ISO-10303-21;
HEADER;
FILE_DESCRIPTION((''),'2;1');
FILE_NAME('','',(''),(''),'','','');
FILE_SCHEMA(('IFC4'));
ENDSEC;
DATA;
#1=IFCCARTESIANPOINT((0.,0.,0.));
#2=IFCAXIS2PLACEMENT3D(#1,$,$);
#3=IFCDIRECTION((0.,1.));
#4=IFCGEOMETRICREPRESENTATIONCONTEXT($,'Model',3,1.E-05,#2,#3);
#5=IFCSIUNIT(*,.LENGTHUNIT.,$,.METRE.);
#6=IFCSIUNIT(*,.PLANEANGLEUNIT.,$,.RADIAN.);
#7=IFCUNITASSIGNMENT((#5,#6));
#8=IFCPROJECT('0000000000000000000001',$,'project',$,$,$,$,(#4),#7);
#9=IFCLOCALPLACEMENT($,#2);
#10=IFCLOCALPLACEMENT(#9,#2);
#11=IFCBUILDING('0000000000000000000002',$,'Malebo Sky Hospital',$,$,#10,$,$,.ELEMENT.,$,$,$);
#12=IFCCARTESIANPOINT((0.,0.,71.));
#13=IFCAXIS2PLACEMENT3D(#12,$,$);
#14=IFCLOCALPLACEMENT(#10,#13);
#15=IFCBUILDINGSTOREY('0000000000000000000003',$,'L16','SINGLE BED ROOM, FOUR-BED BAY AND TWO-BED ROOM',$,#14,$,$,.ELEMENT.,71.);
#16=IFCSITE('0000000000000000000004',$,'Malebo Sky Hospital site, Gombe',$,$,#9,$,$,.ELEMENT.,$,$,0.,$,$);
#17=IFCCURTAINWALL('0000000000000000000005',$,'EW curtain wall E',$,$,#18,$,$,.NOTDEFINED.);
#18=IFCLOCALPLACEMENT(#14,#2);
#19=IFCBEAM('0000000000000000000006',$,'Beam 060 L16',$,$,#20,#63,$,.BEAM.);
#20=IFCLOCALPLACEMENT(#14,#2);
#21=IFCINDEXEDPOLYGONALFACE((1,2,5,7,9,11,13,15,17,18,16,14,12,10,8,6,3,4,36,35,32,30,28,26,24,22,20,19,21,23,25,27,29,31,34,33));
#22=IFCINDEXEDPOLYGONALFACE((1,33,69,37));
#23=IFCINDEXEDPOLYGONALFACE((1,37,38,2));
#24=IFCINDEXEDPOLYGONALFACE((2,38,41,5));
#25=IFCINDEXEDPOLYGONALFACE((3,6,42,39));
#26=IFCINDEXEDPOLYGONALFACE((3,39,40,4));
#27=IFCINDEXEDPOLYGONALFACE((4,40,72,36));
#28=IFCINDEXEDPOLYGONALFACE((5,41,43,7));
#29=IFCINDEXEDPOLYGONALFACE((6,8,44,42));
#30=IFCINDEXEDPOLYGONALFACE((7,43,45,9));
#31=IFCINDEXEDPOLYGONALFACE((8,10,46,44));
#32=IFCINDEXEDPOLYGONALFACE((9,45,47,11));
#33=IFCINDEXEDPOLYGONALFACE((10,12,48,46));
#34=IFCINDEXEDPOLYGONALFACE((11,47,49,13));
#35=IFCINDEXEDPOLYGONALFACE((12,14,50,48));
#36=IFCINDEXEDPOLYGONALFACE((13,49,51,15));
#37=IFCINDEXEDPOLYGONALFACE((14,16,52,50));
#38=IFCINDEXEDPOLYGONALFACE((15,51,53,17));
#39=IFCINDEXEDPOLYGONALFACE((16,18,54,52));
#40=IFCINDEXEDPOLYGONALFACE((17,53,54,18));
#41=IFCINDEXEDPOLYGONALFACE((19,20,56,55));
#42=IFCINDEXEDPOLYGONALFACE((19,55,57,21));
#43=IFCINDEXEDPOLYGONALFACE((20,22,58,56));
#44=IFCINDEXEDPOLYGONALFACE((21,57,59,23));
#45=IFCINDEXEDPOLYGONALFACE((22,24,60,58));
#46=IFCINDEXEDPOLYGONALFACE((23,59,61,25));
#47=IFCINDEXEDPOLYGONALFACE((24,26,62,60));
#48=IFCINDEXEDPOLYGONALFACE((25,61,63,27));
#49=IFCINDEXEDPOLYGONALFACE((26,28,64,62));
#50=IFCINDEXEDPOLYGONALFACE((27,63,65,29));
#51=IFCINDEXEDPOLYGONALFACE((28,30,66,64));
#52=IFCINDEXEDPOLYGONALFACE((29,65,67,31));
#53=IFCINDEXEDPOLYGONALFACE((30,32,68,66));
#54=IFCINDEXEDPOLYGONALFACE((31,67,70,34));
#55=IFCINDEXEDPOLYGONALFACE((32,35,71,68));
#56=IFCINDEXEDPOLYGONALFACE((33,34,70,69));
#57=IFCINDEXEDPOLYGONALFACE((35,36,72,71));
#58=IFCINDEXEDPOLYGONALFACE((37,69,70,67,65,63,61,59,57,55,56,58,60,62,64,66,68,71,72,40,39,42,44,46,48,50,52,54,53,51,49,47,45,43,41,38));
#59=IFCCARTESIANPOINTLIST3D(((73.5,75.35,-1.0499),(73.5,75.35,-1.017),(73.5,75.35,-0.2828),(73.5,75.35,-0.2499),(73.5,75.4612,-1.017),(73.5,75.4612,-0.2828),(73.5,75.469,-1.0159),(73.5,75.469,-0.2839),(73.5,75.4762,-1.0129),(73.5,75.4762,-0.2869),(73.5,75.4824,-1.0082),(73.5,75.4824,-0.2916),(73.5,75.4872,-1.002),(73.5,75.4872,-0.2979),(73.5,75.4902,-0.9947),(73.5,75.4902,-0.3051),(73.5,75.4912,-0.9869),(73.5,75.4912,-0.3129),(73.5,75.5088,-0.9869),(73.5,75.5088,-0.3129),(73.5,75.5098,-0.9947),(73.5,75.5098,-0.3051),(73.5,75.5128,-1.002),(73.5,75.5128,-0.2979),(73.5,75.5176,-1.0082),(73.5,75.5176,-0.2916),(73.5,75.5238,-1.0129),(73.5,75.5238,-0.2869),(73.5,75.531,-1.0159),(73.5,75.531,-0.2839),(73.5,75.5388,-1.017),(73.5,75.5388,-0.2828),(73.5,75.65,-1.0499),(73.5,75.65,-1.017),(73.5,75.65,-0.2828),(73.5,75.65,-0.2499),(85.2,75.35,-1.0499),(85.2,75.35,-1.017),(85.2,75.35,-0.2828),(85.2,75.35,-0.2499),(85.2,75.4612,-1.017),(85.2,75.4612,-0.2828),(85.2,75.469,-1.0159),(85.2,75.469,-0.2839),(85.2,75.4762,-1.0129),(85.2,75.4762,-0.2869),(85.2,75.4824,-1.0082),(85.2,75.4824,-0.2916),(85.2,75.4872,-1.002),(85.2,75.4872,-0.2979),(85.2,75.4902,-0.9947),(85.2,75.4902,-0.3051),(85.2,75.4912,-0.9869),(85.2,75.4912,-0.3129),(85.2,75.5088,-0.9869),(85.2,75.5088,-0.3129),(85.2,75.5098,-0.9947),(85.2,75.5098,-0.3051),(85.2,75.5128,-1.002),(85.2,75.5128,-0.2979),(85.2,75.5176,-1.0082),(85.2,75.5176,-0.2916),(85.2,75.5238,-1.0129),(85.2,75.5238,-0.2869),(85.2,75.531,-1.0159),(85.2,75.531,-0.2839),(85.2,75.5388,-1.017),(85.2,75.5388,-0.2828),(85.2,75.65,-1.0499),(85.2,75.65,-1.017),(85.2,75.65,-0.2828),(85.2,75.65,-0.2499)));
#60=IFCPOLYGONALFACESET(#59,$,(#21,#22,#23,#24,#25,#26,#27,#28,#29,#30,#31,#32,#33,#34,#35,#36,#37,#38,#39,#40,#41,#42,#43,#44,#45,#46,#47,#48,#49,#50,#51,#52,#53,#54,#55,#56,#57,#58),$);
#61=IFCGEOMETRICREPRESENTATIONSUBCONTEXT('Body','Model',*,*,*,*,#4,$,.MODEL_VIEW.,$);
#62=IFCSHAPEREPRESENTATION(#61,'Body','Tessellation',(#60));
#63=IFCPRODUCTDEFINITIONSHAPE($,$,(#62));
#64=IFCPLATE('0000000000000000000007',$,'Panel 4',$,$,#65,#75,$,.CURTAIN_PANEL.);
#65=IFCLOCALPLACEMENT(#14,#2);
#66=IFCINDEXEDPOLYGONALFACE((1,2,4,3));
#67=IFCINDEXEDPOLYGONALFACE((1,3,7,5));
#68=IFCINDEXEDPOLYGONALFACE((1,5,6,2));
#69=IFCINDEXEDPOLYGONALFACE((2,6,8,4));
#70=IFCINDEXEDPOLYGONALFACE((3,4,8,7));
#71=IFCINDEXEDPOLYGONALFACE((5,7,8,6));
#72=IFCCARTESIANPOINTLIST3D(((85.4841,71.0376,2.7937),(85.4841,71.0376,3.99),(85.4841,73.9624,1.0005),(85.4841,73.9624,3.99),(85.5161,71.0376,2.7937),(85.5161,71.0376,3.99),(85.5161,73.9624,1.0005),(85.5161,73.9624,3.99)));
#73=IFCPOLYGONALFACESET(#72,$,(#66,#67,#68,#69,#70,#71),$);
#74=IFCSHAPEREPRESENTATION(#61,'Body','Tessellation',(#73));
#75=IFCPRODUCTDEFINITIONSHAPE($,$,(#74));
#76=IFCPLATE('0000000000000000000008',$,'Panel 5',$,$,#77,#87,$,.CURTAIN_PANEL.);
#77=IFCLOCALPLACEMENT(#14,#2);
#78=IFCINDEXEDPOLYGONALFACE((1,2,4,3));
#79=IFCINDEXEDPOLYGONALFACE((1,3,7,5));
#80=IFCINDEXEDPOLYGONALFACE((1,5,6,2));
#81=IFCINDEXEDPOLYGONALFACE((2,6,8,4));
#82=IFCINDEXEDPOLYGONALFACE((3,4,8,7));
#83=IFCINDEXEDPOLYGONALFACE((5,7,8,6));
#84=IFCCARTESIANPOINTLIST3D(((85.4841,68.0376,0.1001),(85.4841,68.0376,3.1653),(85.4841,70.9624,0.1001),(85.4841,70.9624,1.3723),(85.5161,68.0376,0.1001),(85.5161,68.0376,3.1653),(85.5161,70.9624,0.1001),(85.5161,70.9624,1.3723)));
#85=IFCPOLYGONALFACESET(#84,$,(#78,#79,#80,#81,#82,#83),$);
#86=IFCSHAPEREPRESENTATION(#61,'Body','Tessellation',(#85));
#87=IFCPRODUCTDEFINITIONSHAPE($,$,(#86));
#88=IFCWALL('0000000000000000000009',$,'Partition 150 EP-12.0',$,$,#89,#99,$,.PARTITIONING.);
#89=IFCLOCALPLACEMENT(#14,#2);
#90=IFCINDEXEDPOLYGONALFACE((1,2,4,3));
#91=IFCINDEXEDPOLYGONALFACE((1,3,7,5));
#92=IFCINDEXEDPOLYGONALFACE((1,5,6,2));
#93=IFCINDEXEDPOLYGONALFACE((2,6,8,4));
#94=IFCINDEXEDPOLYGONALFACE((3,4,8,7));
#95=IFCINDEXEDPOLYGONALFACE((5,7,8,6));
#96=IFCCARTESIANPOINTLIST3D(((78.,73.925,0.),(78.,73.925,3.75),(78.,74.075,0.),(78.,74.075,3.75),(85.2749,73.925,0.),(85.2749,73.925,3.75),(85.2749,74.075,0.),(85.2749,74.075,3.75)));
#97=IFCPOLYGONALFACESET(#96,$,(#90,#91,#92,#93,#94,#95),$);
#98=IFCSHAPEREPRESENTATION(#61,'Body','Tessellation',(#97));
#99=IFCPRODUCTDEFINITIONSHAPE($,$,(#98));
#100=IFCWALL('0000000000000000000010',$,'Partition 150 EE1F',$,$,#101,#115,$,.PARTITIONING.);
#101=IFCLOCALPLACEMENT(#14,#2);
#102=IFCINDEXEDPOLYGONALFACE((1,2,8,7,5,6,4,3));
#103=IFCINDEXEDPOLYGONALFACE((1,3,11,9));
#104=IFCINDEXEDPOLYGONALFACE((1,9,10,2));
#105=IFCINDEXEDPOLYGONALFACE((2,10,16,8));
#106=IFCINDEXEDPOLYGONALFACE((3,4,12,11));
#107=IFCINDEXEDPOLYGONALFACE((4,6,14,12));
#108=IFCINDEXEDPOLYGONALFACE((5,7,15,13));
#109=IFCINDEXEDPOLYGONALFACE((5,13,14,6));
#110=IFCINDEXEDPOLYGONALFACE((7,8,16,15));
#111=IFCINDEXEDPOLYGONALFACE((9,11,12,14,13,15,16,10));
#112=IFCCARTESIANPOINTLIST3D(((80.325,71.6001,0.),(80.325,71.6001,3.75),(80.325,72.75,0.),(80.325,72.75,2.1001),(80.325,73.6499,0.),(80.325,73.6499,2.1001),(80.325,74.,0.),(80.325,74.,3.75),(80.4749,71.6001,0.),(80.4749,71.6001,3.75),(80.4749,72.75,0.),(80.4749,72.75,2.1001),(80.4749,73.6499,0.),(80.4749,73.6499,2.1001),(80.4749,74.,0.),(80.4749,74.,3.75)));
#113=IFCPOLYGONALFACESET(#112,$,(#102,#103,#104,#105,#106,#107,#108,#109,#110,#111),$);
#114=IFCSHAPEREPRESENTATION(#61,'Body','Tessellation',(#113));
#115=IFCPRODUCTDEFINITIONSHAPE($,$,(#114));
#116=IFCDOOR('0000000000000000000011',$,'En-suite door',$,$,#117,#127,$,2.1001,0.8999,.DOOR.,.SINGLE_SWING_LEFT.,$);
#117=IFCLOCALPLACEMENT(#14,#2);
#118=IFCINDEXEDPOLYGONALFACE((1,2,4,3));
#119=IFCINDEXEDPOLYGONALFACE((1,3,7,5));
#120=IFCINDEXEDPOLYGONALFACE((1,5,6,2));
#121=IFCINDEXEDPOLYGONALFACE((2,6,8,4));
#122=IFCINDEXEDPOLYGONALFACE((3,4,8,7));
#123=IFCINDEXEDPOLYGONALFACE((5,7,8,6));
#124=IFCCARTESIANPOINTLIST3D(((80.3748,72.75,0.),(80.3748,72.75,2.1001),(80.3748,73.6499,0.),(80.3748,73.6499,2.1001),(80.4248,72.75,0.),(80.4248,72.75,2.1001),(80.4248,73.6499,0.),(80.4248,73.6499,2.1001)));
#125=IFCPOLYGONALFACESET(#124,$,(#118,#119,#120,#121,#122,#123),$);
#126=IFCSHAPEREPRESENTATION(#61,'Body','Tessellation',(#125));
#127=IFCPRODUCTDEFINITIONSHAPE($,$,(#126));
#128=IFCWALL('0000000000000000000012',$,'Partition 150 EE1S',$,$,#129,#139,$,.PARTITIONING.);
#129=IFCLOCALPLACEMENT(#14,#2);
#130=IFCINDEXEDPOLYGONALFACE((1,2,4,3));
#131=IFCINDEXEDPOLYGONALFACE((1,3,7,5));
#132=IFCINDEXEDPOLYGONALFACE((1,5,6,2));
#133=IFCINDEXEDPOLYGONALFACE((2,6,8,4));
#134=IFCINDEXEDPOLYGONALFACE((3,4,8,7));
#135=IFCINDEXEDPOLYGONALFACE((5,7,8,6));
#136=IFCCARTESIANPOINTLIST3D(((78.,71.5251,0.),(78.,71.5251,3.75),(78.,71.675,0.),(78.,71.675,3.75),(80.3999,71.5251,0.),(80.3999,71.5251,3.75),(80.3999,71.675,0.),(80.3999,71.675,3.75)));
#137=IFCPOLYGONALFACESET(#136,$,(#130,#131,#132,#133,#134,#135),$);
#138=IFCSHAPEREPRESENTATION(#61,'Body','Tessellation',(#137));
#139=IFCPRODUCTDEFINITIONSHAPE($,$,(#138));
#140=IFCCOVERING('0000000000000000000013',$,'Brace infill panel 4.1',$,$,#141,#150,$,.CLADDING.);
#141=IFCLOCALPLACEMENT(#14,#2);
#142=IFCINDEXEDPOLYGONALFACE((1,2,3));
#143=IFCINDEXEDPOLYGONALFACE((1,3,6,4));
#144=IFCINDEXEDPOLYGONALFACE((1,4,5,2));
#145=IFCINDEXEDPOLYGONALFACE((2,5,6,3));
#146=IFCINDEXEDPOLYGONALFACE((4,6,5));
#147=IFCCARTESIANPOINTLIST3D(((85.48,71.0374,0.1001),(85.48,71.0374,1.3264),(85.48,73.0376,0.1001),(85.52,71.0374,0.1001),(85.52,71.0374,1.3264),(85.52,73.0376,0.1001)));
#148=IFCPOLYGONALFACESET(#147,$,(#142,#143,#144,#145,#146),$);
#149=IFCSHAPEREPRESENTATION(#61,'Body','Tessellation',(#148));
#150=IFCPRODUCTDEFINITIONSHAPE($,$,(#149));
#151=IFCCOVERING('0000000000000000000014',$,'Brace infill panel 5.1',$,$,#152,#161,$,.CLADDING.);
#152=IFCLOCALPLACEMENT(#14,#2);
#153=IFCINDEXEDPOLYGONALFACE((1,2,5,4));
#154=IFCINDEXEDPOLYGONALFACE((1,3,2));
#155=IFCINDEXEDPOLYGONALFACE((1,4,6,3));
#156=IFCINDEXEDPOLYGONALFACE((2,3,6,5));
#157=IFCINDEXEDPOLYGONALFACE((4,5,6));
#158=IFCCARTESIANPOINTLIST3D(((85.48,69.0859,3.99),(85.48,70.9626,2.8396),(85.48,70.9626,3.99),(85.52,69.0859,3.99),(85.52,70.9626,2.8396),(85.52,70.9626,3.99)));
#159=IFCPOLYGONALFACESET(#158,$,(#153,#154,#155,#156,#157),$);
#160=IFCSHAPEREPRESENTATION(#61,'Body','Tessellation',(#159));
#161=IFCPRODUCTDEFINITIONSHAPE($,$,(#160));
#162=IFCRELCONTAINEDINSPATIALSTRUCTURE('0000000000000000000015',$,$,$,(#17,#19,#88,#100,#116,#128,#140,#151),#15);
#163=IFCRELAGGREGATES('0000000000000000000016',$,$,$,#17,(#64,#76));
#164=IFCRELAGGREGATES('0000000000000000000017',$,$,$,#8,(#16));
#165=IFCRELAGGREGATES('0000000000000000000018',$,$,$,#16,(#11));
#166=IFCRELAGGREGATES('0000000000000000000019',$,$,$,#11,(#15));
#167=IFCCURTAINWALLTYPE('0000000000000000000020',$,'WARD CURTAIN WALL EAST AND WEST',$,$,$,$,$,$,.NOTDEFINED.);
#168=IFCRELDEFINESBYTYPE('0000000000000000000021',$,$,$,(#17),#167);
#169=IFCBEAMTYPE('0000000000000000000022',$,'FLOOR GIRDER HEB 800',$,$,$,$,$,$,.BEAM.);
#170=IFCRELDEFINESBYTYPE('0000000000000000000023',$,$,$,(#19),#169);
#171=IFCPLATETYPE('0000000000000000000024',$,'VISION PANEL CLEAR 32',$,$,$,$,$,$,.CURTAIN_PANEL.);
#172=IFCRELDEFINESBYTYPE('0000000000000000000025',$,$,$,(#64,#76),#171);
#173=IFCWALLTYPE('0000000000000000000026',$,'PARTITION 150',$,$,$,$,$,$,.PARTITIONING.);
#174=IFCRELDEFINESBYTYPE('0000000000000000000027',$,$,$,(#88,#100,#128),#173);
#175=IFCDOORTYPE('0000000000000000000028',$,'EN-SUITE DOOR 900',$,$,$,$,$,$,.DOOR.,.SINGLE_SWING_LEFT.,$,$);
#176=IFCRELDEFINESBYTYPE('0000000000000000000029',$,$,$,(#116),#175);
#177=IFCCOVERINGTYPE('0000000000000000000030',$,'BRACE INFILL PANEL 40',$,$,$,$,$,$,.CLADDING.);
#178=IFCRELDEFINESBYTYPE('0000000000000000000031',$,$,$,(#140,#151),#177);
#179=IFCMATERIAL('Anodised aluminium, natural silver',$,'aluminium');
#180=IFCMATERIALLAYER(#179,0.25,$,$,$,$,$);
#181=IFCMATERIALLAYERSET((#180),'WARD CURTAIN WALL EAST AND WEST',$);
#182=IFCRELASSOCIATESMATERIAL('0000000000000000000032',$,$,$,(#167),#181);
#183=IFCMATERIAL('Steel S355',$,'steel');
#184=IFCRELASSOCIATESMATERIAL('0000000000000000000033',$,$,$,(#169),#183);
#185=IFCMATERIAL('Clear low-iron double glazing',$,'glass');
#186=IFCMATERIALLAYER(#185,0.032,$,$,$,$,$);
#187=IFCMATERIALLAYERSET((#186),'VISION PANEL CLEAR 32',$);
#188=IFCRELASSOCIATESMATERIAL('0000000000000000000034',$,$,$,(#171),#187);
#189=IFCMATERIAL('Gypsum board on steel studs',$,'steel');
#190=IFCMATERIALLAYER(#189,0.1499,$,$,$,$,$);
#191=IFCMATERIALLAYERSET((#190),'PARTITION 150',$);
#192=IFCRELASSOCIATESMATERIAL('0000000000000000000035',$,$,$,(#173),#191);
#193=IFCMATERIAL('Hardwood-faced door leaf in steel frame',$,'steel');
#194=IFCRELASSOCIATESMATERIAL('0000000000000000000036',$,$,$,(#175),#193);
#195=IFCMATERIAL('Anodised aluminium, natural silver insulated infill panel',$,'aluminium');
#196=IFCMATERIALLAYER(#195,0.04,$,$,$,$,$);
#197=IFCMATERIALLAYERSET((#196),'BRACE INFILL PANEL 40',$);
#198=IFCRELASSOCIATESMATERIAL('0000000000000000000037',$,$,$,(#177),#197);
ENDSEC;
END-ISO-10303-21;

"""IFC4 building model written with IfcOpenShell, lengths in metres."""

from ifc_helpers import new_model, si_unit, direction, frame, frame_2d, origin, origin_2d, place, context, subcontext, project, spatial, polyline, rectangle, i_section, outline, extrude, material, layer, layer_set, material_profile, profile_set, type_object, element, fill, aggregate, save


model = new_model("IFC4")

# Units and contexts
model_context = context("Model", 3, precision=1e-05, world=origin(), true_north=direction((0.0, 1.0)))
body_context = subcontext(model_context, "Body", "Model", "MODEL_VIEW")
ifc_project = project(units=[si_unit("LENGTHUNIT", "METRE"), si_unit("PLANEANGLEUNIT", "RADIAN")], contexts=[model_context])

# Site, building, storey
site_placement = place(None, origin())
site = spatial("IfcSite", under=ifc_project, at=site_placement, Name="Malebo Sky Hospital site, Gombe", CompositionType="ELEMENT", RefElevation=0.0)
building_placement = place(site_placement, origin())
building = spatial("IfcBuilding", under=site, at=building_placement, Name="Malebo Sky Hospital", CompositionType="ELEMENT")
storey_placement = place(building_placement, frame((0.0, 0.0, 71.0)))
storey = spatial("IfcBuildingStorey", under=building, at=storey_placement, Name="L16", Description="SINGLE BED ROOM, FOUR-BED BAY AND TWO-BED ROOM", CompositionType="ELEMENT", Elevation=71.0)

# Curtain wall
ifc_material_1 = material(Name="Anodised aluminium, natural silver", Category="aluminium")
ifc_layer_1 = layer(ifc_material_1, 0.25)
ifc_layer_set_1 = layer_set([ifc_layer_1], Name="WARD CURTAIN WALL EAST AND WEST")
curtain_wall_type = type_object("IfcCurtainWallType", Name="WARD CURTAIN WALL EAST AND WEST", PredefinedType="NOTDEFINED", material=ifc_layer_set_1)
curtain_wall_placement = place(storey_placement, origin())
curtain_wall = element("IfcCurtainWall", 1, at=curtain_wall_placement, inside=storey, type_object=curtain_wall_type, Name="EW curtain wall E", PredefinedType="NOTDEFINED")

# Shared definitions
ifc_material_2 = material(Name="Steel S355", Category="steel")

# Beam
ifc_material_profile_1 = material_profile(ifc_material_2, i_section(OverallWidth=0.3, OverallDepth=0.8, WebThickness=0.0176, FlangeThickness=0.033, FilletRadius=0.03, at=origin_2d()), Name="HEB 800")
ifc_profile_set_1 = profile_set([ifc_material_profile_1], Name="Steel S355")
beam_type_1 = type_object("IfcBeamType", Name="FLOOR GIRDER HEB 800", PredefinedType="BEAM", material=ifc_profile_set_1)
for number, where, z_axis, x_axis, name in (
    (2, (73.5, 75.5, -0.6499), (1.0, 0.0, 0.0), (0.0, 1.0, 0.0), "Beam 060 L16"),
):
    element("IfcBeam", number, at=place(storey_placement, frame(where, z_axis=z_axis, x_axis=x_axis)), inside=storey, type_object=beam_type_1, Name=name, PredefinedType="BEAM", context=body_context, shape_type="SweptSolid", body=[
        extrude(i_section(OverallWidth=0.3, OverallDepth=0.8, WebThickness=0.0176, FlangeThickness=0.033, FilletRadius=0.03, at=origin_2d()), origin(), (0.0, 0.0, 1.0), 11.7),
    ])

# Plates
ifc_material_3 = material(Name="Clear low-iron double glazing", Category="glass")
ifc_layer_2 = layer(ifc_material_3, 0.032)
ifc_layer_set_2 = layer_set([ifc_layer_2], Name="VISION PANEL CLEAR 32")
plate_type = type_object("IfcPlateType", Name="VISION PANEL CLEAR 32", PredefinedType="CURTAIN_PANEL", material=ifc_layer_set_2)
plate_1_placement = place(storey_placement, frame((85.5, 72.5, 1.0005), z_axis=(0.0, 0.0, 1.0), x_axis=(0.0, -1.0, 0.0)))
plate_1 = element("IfcPlate", 3, at=plate_1_placement, type_object=plate_type, Name="Panel 4", PredefinedType="CURTAIN_PANEL", context=body_context, shape_type="SweptSolid", body=[
    extrude(outline(polyline([(-1.4624, 0.0), (1.4624, 1.7932), (1.4624, 2.9895), (-1.4624, 2.9895), (-1.4624, 0.0)])), frame((0.0, 0.0161, 0.0), z_axis=(0.0, -1.0, 0.0), x_axis=(1.0, 0.0, 0.0)), (0.0, 0.0, 1.0), 0.032),
])
plate_2_placement = place(storey_placement, frame((85.5, 69.5, 0.1001), z_axis=(0.0, 0.0, 1.0), x_axis=(0.0, -1.0, 0.0)))
plate_2 = element("IfcPlate", 4, at=plate_2_placement, type_object=plate_type, Name="Panel 5", PredefinedType="CURTAIN_PANEL", context=body_context, shape_type="SweptSolid", body=[
    extrude(outline(polyline([(-1.4624, 0.0), (1.4624, 0.0), (1.4624, 3.0652), (-1.4624, 1.2722), (-1.4624, 0.0)])), frame((0.0, 0.0161, 0.0), z_axis=(0.0, -1.0, 0.0), x_axis=(1.0, 0.0, 0.0)), (0.0, 0.0, 1.0), 0.032),
])
aggregate(curtain_wall, [plate_1, plate_2])

# Wall
ifc_material_4 = material(Name="Gypsum board on steel studs", Category="steel")
ifc_layer_3 = layer(ifc_material_4, 0.1499)
ifc_layer_set_3 = layer_set([ifc_layer_3], Name="PARTITION 150")
wall_type = type_object("IfcWallType", Name="PARTITION 150", PredefinedType="PARTITIONING", material=ifc_layer_set_3)
wall_1_placement = place(storey_placement, frame((78.0, 74.0, 0.0), z_axis=(0.0, 0.0, 1.0), x_axis=(1.0, 0.0, 0.0)))
element("IfcWall", 5, at=wall_1_placement, inside=storey, type_object=wall_type, Name="Partition 150 EP-12.0", PredefinedType="PARTITIONING", context=body_context, shape_type="SweptSolid", body=[
    extrude(rectangle(XDim=7.2749, YDim=0.1499, at=frame_2d((3.6375, 0.0))), origin(), (0.0, 0.0, 1.0), 3.75),
])

# Wall, opening, door
wall_2_placement = place(storey_placement, frame((80.3999, 74.0, 0.0), z_axis=(0.0, 0.0, 1.0), x_axis=(0.0, -1.0, 0.0)))
wall_2 = element("IfcWall", 6, at=wall_2_placement, inside=storey, type_object=wall_type, Name="Partition 150 EE1F", PredefinedType="PARTITIONING", context=body_context, shape_type="SweptSolid", body=[
    extrude(rectangle(XDim=2.3999, YDim=0.1499, at=frame_2d((1.2, 0.0))), origin(), (0.0, 0.0, 1.0), 3.75),
])
opening_placement = place(wall_2_placement, frame((0.3501, 0.0, 0.0)))
opening = element("IfcOpeningElement", 7, at=opening_placement, cuts=wall_2, PredefinedType="OPENING", context=body_context, shape_type="SweptSolid", body=[
    extrude(rectangle(XDim=0.8999, YDim=2.1001, at=frame_2d((0.45, 1.05))), frame((0.0, 0.085, 0.0), z_axis=(0.0, -1.0, 0.0), x_axis=(1.0, 0.0, 0.0)), (0.0, 0.0, 1.0), 0.1699),
])
ifc_material_5 = material(Name="Hardwood-faced door leaf in steel frame", Category="steel")
door_type = type_object("IfcDoorType", Name="EN-SUITE DOOR 900", OperationType="SINGLE_SWING_LEFT", PredefinedType="DOOR", material=ifc_material_5)
door_placement = place(opening_placement, origin())
door = element("IfcDoor", 8, at=door_placement, inside=storey, type_object=door_type, Name="En-suite door", OperationType="SINGLE_SWING_LEFT", OverallHeight=2.1001, OverallWidth=0.8999, PredefinedType="DOOR", context=body_context, shape_type="SweptSolid", body=[
    extrude(rectangle(XDim=0.8999, YDim=2.1001, at=frame_2d((0.45, 1.05))), frame((0.0, 0.0249, 0.0), z_axis=(0.0, -1.0, 0.0), x_axis=(1.0, 0.0, 0.0)), (0.0, 0.0, 1.0), 0.05),
])
fill(opening, door)

# Wall
wall_3_placement = place(storey_placement, frame((78.0, 71.6001, 0.0), z_axis=(0.0, 0.0, 1.0), x_axis=(1.0, 0.0, 0.0)))
element("IfcWall", 9, at=wall_3_placement, inside=storey, type_object=wall_type, Name="Partition 150 EE1S", PredefinedType="PARTITIONING", context=body_context, shape_type="SweptSolid", body=[
    extrude(rectangle(XDim=2.3999, YDim=0.1499, at=frame_2d((1.2, 0.0))), origin(), (0.0, 0.0, 1.0), 3.75),
])

# Coverings
ifc_material_6 = material(Name="Anodised aluminium, natural silver insulated infill panel", Category="aluminium")
ifc_layer_4 = layer(ifc_material_6, 0.04)
ifc_layer_set_4 = layer_set([ifc_layer_4], Name="BRACE INFILL PANEL 40")
covering_type = type_object("IfcCoveringType", Name="BRACE INFILL PANEL 40", PredefinedType="CLADDING", material=ifc_layer_set_4)
covering_1_placement = place(storey_placement, frame((85.5, 72.0376, 0.1001), z_axis=(0.0, 0.0, 1.0), x_axis=(0.0, -1.0, 0.0)))
element("IfcCovering", 10, at=covering_1_placement, inside=storey, type_object=covering_type, Name="Brace infill panel 4.1", PredefinedType="CLADDING", context=body_context, shape_type="SweptSolid", body=[
    extrude(outline(polyline([(-1.0, 0.0), (1.0002, 0.0), (1.0002, 1.2263), (-1.0, 0.0)])), frame((0.0, 0.02, 0.0), z_axis=(0.0, -1.0, 0.0), x_axis=(1.0, 0.0, 0.0)), (0.0, 0.0, 1.0), 0.04),
])
covering_2_placement = place(storey_placement, frame((85.5, 70.0242, 2.8396), z_axis=(0.0, 0.0, 1.0), x_axis=(0.0, -1.0, 0.0)))
element("IfcCovering", 11, at=covering_2_placement, inside=storey, type_object=covering_type, Name="Brace infill panel 5.1", PredefinedType="CLADDING", context=body_context, shape_type="SweptSolid", body=[
    extrude(outline(polyline([(-0.9385, 0.0), (0.9382, 1.1504), (-0.9385, 1.1504), (-0.9385, 0.0)])), frame((0.0, 0.02, 0.0), z_axis=(0.0, -1.0, 0.0), x_axis=(1.0, 0.0, 0.0)), (0.0, 0.0, 1.0), 0.04),
])

save(model, "model.ifc")
